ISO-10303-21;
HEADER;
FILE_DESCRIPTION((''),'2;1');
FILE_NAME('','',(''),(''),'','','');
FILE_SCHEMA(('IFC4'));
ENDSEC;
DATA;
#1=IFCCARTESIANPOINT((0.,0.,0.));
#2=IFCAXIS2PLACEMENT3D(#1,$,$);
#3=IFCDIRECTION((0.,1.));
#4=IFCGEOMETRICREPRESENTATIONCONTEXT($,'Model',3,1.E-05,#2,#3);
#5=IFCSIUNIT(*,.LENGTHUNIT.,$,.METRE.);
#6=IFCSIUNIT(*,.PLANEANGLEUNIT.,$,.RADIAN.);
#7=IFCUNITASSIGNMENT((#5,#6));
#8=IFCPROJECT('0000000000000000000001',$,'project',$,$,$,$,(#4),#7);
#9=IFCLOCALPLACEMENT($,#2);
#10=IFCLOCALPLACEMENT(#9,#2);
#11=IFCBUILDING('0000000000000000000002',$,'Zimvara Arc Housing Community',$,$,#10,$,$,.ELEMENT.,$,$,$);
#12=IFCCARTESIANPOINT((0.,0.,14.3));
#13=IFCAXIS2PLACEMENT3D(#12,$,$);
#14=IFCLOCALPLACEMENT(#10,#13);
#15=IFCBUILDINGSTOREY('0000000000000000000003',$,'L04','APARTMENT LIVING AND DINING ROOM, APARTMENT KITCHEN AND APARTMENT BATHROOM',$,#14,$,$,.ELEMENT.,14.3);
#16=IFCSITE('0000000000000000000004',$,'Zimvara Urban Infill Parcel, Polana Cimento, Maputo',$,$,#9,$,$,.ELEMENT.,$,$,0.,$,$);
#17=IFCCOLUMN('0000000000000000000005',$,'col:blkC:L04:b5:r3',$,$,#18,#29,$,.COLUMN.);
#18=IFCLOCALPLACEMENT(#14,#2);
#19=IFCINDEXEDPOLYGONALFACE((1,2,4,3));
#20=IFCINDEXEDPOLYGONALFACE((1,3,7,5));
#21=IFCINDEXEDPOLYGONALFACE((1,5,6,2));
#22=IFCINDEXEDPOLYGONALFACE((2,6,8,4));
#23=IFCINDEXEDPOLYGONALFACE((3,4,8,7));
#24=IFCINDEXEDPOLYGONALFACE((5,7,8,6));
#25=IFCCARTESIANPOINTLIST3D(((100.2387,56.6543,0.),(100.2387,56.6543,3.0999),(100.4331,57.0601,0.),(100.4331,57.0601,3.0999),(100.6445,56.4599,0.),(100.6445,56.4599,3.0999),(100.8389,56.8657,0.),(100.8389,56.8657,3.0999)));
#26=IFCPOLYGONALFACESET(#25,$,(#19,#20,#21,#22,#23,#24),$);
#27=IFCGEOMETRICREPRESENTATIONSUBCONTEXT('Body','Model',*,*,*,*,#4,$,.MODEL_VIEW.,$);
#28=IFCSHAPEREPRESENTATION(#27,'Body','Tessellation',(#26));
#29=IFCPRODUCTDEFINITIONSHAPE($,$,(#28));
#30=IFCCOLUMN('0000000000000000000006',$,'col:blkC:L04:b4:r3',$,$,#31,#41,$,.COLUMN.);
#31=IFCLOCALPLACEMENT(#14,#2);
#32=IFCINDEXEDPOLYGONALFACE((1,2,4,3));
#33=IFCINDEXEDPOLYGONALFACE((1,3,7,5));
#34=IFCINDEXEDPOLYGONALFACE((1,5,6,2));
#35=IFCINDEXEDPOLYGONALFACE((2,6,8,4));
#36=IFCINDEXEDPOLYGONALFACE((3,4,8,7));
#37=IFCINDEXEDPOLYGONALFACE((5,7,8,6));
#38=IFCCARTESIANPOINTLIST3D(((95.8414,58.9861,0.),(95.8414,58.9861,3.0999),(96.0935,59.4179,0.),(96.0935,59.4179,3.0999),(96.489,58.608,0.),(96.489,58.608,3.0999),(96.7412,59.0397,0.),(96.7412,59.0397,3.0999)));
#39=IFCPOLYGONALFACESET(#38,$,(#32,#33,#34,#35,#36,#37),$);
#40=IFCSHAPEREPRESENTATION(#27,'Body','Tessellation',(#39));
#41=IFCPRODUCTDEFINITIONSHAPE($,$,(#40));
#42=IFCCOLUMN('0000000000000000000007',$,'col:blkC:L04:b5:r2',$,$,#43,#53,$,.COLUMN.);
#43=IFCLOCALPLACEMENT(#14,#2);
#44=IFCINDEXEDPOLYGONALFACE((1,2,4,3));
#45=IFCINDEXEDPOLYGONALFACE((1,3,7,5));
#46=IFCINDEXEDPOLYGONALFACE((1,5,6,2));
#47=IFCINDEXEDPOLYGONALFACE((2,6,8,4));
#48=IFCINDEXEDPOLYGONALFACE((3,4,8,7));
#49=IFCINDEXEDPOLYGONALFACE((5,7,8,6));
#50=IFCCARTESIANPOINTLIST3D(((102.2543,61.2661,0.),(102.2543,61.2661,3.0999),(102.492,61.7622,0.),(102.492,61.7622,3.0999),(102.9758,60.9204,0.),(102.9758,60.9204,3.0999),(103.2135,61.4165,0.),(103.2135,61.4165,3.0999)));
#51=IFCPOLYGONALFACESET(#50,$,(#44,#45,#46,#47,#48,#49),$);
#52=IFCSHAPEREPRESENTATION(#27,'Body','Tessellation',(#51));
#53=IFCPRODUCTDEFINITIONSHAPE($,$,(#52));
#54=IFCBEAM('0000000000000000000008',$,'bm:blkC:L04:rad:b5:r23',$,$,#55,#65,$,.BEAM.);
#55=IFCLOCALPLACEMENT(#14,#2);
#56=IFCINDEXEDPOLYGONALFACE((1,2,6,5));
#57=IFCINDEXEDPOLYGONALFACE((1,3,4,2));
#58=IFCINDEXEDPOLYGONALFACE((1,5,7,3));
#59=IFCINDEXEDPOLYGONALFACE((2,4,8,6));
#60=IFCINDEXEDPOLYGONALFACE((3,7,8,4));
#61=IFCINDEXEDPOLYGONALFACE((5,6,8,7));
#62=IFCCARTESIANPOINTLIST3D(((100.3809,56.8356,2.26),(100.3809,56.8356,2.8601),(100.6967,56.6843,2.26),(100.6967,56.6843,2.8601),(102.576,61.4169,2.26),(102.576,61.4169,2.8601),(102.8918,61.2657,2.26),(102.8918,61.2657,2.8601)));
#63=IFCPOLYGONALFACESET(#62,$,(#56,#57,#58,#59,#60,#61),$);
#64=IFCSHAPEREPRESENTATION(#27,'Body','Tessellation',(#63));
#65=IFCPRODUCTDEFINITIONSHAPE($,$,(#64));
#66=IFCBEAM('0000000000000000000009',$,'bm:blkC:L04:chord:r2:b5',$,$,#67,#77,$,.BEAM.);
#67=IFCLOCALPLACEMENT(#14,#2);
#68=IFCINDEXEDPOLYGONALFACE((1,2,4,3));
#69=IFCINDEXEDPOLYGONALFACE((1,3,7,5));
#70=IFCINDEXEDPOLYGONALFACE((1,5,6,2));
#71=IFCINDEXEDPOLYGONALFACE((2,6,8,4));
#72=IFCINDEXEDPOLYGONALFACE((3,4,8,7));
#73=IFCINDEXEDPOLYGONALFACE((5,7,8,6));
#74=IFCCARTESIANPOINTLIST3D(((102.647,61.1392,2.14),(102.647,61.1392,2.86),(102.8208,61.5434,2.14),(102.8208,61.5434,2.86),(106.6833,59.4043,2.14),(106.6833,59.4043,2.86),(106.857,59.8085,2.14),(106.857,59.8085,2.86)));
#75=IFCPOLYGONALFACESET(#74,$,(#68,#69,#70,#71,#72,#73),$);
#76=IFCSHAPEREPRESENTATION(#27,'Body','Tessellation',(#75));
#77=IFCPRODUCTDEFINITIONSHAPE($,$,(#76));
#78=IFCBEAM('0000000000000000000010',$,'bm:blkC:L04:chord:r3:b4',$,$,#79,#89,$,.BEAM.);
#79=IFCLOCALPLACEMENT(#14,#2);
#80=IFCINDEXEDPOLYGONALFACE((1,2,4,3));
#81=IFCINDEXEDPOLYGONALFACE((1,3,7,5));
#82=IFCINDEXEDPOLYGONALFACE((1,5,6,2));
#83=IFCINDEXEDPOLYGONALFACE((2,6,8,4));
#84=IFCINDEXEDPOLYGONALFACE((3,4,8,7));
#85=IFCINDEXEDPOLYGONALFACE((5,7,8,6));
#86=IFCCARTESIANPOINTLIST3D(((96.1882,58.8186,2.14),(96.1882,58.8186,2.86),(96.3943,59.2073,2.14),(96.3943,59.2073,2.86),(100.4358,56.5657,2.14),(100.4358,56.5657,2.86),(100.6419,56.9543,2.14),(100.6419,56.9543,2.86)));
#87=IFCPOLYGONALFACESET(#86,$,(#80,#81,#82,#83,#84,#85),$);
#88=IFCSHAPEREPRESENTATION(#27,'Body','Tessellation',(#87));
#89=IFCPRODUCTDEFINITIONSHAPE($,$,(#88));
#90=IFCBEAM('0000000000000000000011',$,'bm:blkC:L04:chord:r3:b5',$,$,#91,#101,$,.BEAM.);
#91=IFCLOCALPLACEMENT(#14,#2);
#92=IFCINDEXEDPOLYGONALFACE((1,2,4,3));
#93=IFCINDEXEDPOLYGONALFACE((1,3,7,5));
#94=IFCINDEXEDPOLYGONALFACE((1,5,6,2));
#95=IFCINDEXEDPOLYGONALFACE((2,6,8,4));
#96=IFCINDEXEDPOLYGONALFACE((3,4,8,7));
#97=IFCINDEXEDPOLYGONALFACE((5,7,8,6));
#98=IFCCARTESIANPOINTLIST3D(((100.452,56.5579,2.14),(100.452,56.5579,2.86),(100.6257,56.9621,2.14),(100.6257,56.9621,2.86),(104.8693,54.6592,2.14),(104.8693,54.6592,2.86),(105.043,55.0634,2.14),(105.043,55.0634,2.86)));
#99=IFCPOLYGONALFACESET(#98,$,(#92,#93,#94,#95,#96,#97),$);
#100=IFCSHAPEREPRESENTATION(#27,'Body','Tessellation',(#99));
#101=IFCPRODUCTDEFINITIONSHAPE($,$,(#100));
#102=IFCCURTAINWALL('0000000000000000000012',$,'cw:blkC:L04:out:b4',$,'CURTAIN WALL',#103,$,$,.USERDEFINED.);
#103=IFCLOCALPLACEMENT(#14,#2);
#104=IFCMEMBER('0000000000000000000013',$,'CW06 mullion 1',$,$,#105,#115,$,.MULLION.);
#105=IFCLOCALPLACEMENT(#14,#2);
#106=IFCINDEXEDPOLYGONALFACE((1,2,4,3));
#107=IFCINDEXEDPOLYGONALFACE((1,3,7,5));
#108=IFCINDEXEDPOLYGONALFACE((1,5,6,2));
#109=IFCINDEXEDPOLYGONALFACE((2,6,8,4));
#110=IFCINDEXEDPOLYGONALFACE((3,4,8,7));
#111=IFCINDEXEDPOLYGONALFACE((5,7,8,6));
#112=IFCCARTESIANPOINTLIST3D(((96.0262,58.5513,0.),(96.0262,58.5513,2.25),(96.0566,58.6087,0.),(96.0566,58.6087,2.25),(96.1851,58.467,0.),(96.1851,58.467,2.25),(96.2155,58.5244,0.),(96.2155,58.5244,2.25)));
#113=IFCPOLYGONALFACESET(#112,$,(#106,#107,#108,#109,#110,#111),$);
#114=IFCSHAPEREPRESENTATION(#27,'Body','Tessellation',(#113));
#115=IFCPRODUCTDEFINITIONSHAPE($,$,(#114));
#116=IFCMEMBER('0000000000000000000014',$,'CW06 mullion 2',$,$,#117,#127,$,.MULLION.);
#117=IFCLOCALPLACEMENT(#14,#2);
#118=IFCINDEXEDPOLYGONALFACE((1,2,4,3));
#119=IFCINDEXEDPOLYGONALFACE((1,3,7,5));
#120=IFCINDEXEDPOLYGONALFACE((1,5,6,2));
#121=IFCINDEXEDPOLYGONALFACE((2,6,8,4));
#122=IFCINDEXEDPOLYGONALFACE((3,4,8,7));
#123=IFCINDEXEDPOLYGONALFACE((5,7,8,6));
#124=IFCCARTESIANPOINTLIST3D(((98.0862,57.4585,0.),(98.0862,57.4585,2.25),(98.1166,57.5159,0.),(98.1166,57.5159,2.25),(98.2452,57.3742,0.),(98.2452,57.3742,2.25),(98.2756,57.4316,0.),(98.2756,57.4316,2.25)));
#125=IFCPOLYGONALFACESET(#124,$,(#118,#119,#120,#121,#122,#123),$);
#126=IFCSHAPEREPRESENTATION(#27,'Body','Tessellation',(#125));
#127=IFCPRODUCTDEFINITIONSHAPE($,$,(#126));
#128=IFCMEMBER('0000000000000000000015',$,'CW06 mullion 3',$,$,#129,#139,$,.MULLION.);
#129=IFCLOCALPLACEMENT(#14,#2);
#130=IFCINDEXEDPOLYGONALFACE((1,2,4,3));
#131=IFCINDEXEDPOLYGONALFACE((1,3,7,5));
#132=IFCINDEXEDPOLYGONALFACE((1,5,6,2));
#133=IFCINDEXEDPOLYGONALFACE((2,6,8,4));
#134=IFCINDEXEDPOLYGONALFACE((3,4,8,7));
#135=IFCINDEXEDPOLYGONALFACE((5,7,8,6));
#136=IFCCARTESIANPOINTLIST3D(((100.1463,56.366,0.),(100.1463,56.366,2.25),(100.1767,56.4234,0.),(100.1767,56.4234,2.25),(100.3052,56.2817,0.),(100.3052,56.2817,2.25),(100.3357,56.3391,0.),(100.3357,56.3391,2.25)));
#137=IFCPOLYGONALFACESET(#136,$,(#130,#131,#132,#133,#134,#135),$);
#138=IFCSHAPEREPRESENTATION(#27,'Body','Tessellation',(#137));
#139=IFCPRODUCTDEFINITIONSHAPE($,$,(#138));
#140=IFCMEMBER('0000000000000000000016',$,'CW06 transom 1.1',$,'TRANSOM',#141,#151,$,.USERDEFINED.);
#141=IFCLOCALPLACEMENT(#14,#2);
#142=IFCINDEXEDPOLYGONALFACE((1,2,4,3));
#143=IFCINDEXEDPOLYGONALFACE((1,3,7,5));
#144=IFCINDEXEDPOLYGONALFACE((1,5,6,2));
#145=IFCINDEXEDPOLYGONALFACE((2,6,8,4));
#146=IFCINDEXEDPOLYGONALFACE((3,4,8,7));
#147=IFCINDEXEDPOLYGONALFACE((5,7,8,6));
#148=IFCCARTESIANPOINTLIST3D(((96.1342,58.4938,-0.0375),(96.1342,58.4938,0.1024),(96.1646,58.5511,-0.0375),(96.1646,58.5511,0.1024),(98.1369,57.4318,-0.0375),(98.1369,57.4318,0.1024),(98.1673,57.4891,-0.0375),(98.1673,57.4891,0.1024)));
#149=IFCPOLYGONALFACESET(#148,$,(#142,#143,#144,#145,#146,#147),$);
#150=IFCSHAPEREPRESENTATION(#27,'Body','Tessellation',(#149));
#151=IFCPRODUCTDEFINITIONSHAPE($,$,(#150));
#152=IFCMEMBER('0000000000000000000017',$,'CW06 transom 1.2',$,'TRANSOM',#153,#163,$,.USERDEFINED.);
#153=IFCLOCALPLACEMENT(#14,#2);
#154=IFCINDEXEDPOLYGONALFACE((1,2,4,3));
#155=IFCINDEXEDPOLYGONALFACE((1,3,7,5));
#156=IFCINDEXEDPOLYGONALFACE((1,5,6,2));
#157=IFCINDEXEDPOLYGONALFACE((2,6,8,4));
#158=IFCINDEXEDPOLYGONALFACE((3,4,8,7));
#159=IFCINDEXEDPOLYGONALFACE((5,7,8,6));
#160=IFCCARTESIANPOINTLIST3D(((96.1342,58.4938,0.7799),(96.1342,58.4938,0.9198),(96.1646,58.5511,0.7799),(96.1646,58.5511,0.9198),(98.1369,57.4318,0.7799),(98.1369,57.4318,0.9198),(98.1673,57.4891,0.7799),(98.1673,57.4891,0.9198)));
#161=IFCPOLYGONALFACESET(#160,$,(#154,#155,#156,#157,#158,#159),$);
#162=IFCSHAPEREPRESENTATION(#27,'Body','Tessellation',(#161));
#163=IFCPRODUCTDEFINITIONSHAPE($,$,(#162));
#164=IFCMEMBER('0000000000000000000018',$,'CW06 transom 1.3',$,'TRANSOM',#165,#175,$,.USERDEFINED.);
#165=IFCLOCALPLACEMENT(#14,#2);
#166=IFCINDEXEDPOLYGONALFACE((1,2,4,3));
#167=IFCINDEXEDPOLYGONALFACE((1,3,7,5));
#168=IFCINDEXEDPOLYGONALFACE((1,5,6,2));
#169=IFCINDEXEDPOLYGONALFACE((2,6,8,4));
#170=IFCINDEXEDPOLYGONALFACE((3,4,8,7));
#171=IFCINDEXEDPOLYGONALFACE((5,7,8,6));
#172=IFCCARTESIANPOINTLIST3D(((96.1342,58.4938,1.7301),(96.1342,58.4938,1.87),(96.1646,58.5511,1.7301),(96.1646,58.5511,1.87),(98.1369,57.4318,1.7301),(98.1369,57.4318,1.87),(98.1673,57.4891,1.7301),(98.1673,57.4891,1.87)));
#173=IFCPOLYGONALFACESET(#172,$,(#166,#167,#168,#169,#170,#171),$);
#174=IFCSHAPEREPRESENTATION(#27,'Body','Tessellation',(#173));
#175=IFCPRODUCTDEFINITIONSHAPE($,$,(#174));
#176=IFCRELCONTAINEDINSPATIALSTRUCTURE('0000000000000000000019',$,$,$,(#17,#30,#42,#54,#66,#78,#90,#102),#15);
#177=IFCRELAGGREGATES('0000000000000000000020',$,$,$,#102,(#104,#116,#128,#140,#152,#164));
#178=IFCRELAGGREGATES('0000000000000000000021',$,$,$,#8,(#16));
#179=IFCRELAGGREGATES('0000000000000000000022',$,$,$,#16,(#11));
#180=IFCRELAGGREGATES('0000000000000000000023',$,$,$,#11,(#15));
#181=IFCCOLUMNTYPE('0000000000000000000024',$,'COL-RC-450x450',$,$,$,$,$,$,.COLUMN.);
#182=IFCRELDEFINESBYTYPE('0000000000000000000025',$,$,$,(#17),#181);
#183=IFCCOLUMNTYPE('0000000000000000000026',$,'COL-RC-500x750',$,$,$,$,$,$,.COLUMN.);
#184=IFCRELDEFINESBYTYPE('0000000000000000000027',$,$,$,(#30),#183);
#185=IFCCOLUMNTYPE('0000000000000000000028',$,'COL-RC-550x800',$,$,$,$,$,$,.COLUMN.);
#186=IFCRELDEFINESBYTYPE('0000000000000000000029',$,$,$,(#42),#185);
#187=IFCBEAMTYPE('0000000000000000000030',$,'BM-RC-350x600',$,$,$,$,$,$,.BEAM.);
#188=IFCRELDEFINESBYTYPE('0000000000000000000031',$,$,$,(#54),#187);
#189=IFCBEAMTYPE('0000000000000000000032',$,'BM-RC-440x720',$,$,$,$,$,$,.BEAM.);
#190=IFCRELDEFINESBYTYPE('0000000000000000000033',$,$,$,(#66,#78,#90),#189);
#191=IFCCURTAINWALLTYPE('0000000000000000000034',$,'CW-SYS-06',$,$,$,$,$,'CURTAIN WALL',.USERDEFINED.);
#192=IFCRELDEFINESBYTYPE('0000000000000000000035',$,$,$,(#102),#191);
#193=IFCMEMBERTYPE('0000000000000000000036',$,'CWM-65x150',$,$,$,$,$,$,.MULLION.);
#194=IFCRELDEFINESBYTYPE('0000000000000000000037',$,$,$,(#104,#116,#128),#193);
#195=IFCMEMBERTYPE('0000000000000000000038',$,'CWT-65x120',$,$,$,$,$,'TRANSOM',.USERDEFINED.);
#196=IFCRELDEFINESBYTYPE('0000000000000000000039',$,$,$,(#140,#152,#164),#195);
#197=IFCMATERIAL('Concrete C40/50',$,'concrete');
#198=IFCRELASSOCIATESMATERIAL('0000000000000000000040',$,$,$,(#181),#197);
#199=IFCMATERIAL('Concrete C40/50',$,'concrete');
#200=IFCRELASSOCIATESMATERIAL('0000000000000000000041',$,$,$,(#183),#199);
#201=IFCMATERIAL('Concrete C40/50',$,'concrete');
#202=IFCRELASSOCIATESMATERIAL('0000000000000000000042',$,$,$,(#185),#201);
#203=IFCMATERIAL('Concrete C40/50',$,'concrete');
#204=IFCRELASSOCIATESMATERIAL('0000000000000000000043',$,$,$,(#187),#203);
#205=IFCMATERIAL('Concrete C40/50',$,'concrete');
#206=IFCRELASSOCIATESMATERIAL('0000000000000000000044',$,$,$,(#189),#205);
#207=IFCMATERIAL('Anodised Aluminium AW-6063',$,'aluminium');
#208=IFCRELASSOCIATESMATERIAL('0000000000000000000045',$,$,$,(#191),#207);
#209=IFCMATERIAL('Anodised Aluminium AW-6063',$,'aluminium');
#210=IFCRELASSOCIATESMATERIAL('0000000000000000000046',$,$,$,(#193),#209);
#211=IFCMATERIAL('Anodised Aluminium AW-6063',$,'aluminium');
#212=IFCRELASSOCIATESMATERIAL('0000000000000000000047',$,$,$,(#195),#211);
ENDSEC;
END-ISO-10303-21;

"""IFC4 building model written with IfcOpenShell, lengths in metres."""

from ifc_helpers import new_model, si_unit, direction, frame, origin, origin_2d, place, context, subcontext, project, spatial, rectangle, extrude, material, material_profile, profile_set, type_object, element, aggregate, save


model = new_model("IFC4")

# Units and contexts
model_context = context("Model", 3, precision=1e-05, world=origin(), true_north=direction((0.0, 1.0)))
body_context = subcontext(model_context, "Body", "Model", "MODEL_VIEW")
ifc_project = project(units=[si_unit("LENGTHUNIT", "METRE"), si_unit("PLANEANGLEUNIT", "RADIAN")], contexts=[model_context])

# Site, building, storey
site_placement = place(None, origin())
site = spatial("IfcSite", under=ifc_project, at=site_placement, Name="Zimvara Urban Infill Parcel, Polana Cimento, Maputo", CompositionType="ELEMENT", RefElevation=0.0)
building_placement = place(site_placement, origin())
building = spatial("IfcBuilding", under=site, at=building_placement, Name="Zimvara Arc Housing Community", CompositionType="ELEMENT")
storey_placement = place(building_placement, frame((0.0, 0.0, 14.3)))
storey = spatial("IfcBuildingStorey", under=building, at=storey_placement, Name="L04", Description="APARTMENT LIVING AND DINING ROOM, APARTMENT KITCHEN AND APARTMENT BATHROOM", CompositionType="ELEMENT", Elevation=14.3)

# Columns
ifc_material_1 = material(Name="Concrete C40/50", Category="concrete")
ifc_material_profile_1 = material_profile(ifc_material_1, rectangle(XDim=0.45, YDim=0.45, at=origin_2d()), Name="RC 450x450")
ifc_profile_set_1 = profile_set([ifc_material_profile_1], Name="Concrete C40/50")
column_type_1 = type_object("IfcColumnType", Name="COL-RC-450x450", PredefinedType="COLUMN", material=ifc_profile_set_1)
column_1_placement = place(storey_placement, frame((100.5388, 56.76, 0.0), z_axis=(0.0, 0.0, 1.0), x_axis=(-0.432086, -0.901833, 0.0)))
element("IfcColumn", 1, at=column_1_placement, inside=storey, type_object=column_type_1, Name="col:blkC:L04:b5:r3", PredefinedType="COLUMN", context=body_context, shape_type="SweptSolid", body=[
    extrude(rectangle(XDim=0.45, YDim=0.45, at=origin_2d()), origin(), (0.0, 0.0, 1.0), 3.0999),
])
ifc_material_2 = material(Name="Concrete C40/50", Category="concrete")
ifc_material_profile_2 = material_profile(ifc_material_2, rectangle(XDim=0.5, YDim=0.75, at=origin_2d()), Name="RC 500x750")
ifc_profile_set_2 = profile_set([ifc_material_profile_2], Name="Concrete C40/50")
column_type_2 = type_object("IfcColumnType", Name="COL-RC-500x750", PredefinedType="COLUMN", material=ifc_profile_set_2)
column_2_placement = place(storey_placement, frame((96.2913, 59.0129, 0.0), z_axis=(0.0, 0.0, 1.0), x_axis=(-0.504226, -0.863572, 0.0)))
element("IfcColumn", 2, at=column_2_placement, inside=storey, type_object=column_type_2, Name="col:blkC:L04:b4:r3", PredefinedType="COLUMN", context=body_context, shape_type="SweptSolid", body=[
    extrude(rectangle(XDim=0.5, YDim=0.75, at=origin_2d()), origin(), (0.0, 0.0, 1.0), 3.0999),
])
ifc_material_3 = material(Name="Concrete C40/50", Category="concrete")
ifc_material_profile_3 = material_profile(ifc_material_3, rectangle(XDim=0.55, YDim=0.8, at=origin_2d()), Name="RC 550x800")
ifc_profile_set_3 = profile_set([ifc_material_profile_3], Name="Concrete C40/50")
column_type_3 = type_object("IfcColumnType", Name="COL-RC-550x800", PredefinedType="COLUMN", material=ifc_profile_set_3)
column_3_placement = place(storey_placement, frame((102.7339, 61.3413, 0.0), z_axis=(0.0, 0.0, 1.0), x_axis=(-0.432086, -0.901833, 0.0)))
element("IfcColumn", 3, at=column_3_placement, inside=storey, type_object=column_type_3, Name="col:blkC:L04:b5:r2", PredefinedType="COLUMN", context=body_context, shape_type="SweptSolid", body=[
    extrude(rectangle(XDim=0.55, YDim=0.8, at=origin_2d()), origin(), (0.0, 0.0, 1.0), 3.0999),
])

# Beams
ifc_material_4 = material(Name="Concrete C40/50", Category="concrete")
ifc_material_profile_4 = material_profile(ifc_material_4, rectangle(XDim=0.3501, YDim=0.6001, at=origin_2d()), Name="RC 350x600")
ifc_profile_set_4 = profile_set([ifc_material_profile_4], Name="Concrete C40/50")
beam_type_1 = type_object("IfcBeamType", Name="BM-RC-350x600", PredefinedType="BEAM", material=ifc_profile_set_4)
beam_1_placement = place(storey_placement, frame((102.7339, 61.3413, 2.5601), z_axis=(-0.432098, -0.901827, 0.0), x_axis=(0.901827, -0.432098, 0.0)))
element("IfcBeam", 4, at=beam_1_placement, inside=storey, type_object=beam_type_1, Name="bm:blkC:L04:rad:b5:r23", PredefinedType="BEAM", context=body_context, shape_type="SweptSolid", body=[
    extrude(rectangle(XDim=0.3501, YDim=0.6001, at=origin_2d()), origin(), (0.0, 0.0, 1.0), 5.0801),
])
ifc_material_5 = material(Name="Concrete C40/50", Category="concrete")
ifc_material_profile_5 = material_profile(ifc_material_5, rectangle(XDim=0.4399, YDim=0.72, at=origin_2d()), Name="RC 440x720")
ifc_profile_set_5 = profile_set([ifc_material_profile_5], Name="Concrete C40/50")
beam_type_2 = type_object("IfcBeamType", Name="BM-RC-440x720", PredefinedType="BEAM", material=ifc_profile_set_5)
beam_2_placement = place(storey_placement, frame((102.7339, 61.3413, 2.5), z_axis=(0.918725, -0.394898, 0.0), x_axis=(0.394898, 0.918725, 0.0)))
element("IfcBeam", 5, at=beam_2_placement, inside=storey, type_object=beam_type_2, Name="bm:blkC:L04:chord:r2:b5", PredefinedType="BEAM", context=body_context, shape_type="SweptSolid", body=[
    extrude(rectangle(XDim=0.4399, YDim=0.72, at=origin_2d()), origin(), (0.0, 0.0, 1.0), 4.3933),
])
for number, where, z_axis, x_axis, name in (
    (6, (96.2913, 59.0129, 2.5), (0.883425, -0.468573, 0.0), (0.468573, 0.883425, 0.0), "bm:blkC:L04:chord:r3:b4"),
    (7, (100.5388, 56.76, 2.5), (0.918724, -0.3949, 0.0), (0.3949, 0.918724, 0.0), "bm:blkC:L04:chord:r3:b5"),
):
    element("IfcBeam", number, at=place(storey_placement, frame(where, z_axis=z_axis, x_axis=x_axis)), inside=storey, type_object=beam_type_2, Name=name, PredefinedType="BEAM", context=body_context, shape_type="SweptSolid", body=[
        extrude(rectangle(XDim=0.4399, YDim=0.72, at=origin_2d()), origin(), (0.0, 0.0, 1.0), 4.8081),
    ])

# Curtain wall, members
ifc_material_6 = material(Name="Anodised Aluminium AW-6063", Category="aluminium")
curtain_wall_type = type_object("IfcCurtainWallType", Name="CW-SYS-06", ElementType="CURTAIN WALL", PredefinedType="USERDEFINED", material=ifc_material_6)
curtain_wall_placement = place(storey_placement, origin())
curtain_wall = element("IfcCurtainWall", 8, at=curtain_wall_placement, inside=storey, type_object=curtain_wall_type, Name="cw:blkC:L04:out:b4", ObjectType="CURTAIN WALL", PredefinedType="USERDEFINED")
ifc_material_7 = material(Name="Anodised Aluminium AW-6063", Category="aluminium")
ifc_material_profile_6 = material_profile(ifc_material_7, rectangle(XDim=0.0649, YDim=0.1799, at=origin_2d()), Name="ALU 65x180")
ifc_profile_set_6 = profile_set([ifc_material_profile_6], Name="Anodised Aluminium AW-6063")
member_type_1 = type_object("IfcMemberType", Name="CWM-65x150", PredefinedType="MULLION", material=ifc_profile_set_6)
member_1_placement = place(storey_placement, frame((96.1208, 58.5378, 0.0), z_axis=(0.0, 0.0, 1.0), x_axis=(0.468547, 0.883439, 0.0)))
member_1 = element("IfcMember", 9, at=member_1_placement, type_object=member_type_1, Name="CW06 mullion 1", PredefinedType="MULLION", context=body_context, shape_type="SweptSolid", body=[
    extrude(rectangle(XDim=0.0649, YDim=0.1799, at=origin_2d()), origin(), (0.0, 0.0, 1.0), 2.25),
])
member_2_placement = place(storey_placement, frame((98.1809, 57.4451, 0.0), z_axis=(0.0, 0.0, 1.0), x_axis=(0.468547, 0.883439, 0.0)))
member_2 = element("IfcMember", 10, at=member_2_placement, type_object=member_type_1, Name="CW06 mullion 2", PredefinedType="MULLION", context=body_context, shape_type="SweptSolid", body=[
    extrude(rectangle(XDim=0.0649, YDim=0.1799, at=origin_2d()), origin(), (0.0, 0.0, 1.0), 2.25),
])
member_3_placement = place(storey_placement, frame((100.241, 56.3525, 0.0), z_axis=(0.0, 0.0, 1.0), x_axis=(0.468547, 0.883439, 0.0)))
member_3 = element("IfcMember", 11, at=member_3_placement, type_object=member_type_1, Name="CW06 mullion 3", PredefinedType="MULLION", context=body_context, shape_type="SweptSolid", body=[
    extrude(rectangle(XDim=0.0649, YDim=0.1799, at=origin_2d()), origin(), (0.0, 0.0, 1.0), 2.25),
])
ifc_material_8 = material(Name="Anodised Aluminium AW-6063", Category="aluminium")
ifc_material_profile_7 = material_profile(ifc_material_8, rectangle(XDim=0.0649, YDim=0.1399, at=origin_2d()), Name="ALU 65x140")
ifc_profile_set_7 = profile_set([ifc_material_profile_7], Name="Anodised Aluminium AW-6063")
member_type_2 = type_object("IfcMemberType", Name="CWT-65x120", ElementType="TRANSOM", PredefinedType="USERDEFINED", material=ifc_profile_set_7)
member_4_placement = place(storey_placement, frame((96.1494, 58.5225, 0.0325), z_axis=(0.883465, -0.468496, 0.0), x_axis=(0.468496, 0.883465, 0.0)))
member_4 = element("IfcMember", 12, at=member_4_placement, type_object=member_type_2, Name="CW06 transom 1.1", ObjectType="TRANSOM", PredefinedType="USERDEFINED", context=body_context, shape_type="SweptSolid", body=[
    extrude(rectangle(XDim=0.0649, YDim=0.1399, at=origin_2d()), origin(), (0.0, 0.0, 1.0), 2.2668),
])
member_5_placement = place(storey_placement, frame((96.1494, 58.5225, 0.8499), z_axis=(0.883465, -0.468496, 0.0), x_axis=(0.468496, 0.883465, 0.0)))
member_5 = element("IfcMember", 13, at=member_5_placement, type_object=member_type_2, Name="CW06 transom 1.2", ObjectType="TRANSOM", PredefinedType="USERDEFINED", context=body_context, shape_type="SweptSolid", body=[
    extrude(rectangle(XDim=0.0649, YDim=0.1399, at=origin_2d()), origin(), (0.0, 0.0, 1.0), 2.2668),
])
member_6_placement = place(storey_placement, frame((96.1494, 58.5225, 1.8), z_axis=(0.883465, -0.468496, 0.0), x_axis=(0.468496, 0.883465, 0.0)))
member_6 = element("IfcMember", 14, at=member_6_placement, type_object=member_type_2, Name="CW06 transom 1.3", ObjectType="TRANSOM", PredefinedType="USERDEFINED", context=body_context, shape_type="SweptSolid", body=[
    extrude(rectangle(XDim=0.0649, YDim=0.1399, at=origin_2d()), origin(), (0.0, 0.0, 1.0), 2.2668),
])
aggregate(curtain_wall, [member_1, member_2, member_3, member_4, member_5, member_6])

save(model, "model.ifc")
